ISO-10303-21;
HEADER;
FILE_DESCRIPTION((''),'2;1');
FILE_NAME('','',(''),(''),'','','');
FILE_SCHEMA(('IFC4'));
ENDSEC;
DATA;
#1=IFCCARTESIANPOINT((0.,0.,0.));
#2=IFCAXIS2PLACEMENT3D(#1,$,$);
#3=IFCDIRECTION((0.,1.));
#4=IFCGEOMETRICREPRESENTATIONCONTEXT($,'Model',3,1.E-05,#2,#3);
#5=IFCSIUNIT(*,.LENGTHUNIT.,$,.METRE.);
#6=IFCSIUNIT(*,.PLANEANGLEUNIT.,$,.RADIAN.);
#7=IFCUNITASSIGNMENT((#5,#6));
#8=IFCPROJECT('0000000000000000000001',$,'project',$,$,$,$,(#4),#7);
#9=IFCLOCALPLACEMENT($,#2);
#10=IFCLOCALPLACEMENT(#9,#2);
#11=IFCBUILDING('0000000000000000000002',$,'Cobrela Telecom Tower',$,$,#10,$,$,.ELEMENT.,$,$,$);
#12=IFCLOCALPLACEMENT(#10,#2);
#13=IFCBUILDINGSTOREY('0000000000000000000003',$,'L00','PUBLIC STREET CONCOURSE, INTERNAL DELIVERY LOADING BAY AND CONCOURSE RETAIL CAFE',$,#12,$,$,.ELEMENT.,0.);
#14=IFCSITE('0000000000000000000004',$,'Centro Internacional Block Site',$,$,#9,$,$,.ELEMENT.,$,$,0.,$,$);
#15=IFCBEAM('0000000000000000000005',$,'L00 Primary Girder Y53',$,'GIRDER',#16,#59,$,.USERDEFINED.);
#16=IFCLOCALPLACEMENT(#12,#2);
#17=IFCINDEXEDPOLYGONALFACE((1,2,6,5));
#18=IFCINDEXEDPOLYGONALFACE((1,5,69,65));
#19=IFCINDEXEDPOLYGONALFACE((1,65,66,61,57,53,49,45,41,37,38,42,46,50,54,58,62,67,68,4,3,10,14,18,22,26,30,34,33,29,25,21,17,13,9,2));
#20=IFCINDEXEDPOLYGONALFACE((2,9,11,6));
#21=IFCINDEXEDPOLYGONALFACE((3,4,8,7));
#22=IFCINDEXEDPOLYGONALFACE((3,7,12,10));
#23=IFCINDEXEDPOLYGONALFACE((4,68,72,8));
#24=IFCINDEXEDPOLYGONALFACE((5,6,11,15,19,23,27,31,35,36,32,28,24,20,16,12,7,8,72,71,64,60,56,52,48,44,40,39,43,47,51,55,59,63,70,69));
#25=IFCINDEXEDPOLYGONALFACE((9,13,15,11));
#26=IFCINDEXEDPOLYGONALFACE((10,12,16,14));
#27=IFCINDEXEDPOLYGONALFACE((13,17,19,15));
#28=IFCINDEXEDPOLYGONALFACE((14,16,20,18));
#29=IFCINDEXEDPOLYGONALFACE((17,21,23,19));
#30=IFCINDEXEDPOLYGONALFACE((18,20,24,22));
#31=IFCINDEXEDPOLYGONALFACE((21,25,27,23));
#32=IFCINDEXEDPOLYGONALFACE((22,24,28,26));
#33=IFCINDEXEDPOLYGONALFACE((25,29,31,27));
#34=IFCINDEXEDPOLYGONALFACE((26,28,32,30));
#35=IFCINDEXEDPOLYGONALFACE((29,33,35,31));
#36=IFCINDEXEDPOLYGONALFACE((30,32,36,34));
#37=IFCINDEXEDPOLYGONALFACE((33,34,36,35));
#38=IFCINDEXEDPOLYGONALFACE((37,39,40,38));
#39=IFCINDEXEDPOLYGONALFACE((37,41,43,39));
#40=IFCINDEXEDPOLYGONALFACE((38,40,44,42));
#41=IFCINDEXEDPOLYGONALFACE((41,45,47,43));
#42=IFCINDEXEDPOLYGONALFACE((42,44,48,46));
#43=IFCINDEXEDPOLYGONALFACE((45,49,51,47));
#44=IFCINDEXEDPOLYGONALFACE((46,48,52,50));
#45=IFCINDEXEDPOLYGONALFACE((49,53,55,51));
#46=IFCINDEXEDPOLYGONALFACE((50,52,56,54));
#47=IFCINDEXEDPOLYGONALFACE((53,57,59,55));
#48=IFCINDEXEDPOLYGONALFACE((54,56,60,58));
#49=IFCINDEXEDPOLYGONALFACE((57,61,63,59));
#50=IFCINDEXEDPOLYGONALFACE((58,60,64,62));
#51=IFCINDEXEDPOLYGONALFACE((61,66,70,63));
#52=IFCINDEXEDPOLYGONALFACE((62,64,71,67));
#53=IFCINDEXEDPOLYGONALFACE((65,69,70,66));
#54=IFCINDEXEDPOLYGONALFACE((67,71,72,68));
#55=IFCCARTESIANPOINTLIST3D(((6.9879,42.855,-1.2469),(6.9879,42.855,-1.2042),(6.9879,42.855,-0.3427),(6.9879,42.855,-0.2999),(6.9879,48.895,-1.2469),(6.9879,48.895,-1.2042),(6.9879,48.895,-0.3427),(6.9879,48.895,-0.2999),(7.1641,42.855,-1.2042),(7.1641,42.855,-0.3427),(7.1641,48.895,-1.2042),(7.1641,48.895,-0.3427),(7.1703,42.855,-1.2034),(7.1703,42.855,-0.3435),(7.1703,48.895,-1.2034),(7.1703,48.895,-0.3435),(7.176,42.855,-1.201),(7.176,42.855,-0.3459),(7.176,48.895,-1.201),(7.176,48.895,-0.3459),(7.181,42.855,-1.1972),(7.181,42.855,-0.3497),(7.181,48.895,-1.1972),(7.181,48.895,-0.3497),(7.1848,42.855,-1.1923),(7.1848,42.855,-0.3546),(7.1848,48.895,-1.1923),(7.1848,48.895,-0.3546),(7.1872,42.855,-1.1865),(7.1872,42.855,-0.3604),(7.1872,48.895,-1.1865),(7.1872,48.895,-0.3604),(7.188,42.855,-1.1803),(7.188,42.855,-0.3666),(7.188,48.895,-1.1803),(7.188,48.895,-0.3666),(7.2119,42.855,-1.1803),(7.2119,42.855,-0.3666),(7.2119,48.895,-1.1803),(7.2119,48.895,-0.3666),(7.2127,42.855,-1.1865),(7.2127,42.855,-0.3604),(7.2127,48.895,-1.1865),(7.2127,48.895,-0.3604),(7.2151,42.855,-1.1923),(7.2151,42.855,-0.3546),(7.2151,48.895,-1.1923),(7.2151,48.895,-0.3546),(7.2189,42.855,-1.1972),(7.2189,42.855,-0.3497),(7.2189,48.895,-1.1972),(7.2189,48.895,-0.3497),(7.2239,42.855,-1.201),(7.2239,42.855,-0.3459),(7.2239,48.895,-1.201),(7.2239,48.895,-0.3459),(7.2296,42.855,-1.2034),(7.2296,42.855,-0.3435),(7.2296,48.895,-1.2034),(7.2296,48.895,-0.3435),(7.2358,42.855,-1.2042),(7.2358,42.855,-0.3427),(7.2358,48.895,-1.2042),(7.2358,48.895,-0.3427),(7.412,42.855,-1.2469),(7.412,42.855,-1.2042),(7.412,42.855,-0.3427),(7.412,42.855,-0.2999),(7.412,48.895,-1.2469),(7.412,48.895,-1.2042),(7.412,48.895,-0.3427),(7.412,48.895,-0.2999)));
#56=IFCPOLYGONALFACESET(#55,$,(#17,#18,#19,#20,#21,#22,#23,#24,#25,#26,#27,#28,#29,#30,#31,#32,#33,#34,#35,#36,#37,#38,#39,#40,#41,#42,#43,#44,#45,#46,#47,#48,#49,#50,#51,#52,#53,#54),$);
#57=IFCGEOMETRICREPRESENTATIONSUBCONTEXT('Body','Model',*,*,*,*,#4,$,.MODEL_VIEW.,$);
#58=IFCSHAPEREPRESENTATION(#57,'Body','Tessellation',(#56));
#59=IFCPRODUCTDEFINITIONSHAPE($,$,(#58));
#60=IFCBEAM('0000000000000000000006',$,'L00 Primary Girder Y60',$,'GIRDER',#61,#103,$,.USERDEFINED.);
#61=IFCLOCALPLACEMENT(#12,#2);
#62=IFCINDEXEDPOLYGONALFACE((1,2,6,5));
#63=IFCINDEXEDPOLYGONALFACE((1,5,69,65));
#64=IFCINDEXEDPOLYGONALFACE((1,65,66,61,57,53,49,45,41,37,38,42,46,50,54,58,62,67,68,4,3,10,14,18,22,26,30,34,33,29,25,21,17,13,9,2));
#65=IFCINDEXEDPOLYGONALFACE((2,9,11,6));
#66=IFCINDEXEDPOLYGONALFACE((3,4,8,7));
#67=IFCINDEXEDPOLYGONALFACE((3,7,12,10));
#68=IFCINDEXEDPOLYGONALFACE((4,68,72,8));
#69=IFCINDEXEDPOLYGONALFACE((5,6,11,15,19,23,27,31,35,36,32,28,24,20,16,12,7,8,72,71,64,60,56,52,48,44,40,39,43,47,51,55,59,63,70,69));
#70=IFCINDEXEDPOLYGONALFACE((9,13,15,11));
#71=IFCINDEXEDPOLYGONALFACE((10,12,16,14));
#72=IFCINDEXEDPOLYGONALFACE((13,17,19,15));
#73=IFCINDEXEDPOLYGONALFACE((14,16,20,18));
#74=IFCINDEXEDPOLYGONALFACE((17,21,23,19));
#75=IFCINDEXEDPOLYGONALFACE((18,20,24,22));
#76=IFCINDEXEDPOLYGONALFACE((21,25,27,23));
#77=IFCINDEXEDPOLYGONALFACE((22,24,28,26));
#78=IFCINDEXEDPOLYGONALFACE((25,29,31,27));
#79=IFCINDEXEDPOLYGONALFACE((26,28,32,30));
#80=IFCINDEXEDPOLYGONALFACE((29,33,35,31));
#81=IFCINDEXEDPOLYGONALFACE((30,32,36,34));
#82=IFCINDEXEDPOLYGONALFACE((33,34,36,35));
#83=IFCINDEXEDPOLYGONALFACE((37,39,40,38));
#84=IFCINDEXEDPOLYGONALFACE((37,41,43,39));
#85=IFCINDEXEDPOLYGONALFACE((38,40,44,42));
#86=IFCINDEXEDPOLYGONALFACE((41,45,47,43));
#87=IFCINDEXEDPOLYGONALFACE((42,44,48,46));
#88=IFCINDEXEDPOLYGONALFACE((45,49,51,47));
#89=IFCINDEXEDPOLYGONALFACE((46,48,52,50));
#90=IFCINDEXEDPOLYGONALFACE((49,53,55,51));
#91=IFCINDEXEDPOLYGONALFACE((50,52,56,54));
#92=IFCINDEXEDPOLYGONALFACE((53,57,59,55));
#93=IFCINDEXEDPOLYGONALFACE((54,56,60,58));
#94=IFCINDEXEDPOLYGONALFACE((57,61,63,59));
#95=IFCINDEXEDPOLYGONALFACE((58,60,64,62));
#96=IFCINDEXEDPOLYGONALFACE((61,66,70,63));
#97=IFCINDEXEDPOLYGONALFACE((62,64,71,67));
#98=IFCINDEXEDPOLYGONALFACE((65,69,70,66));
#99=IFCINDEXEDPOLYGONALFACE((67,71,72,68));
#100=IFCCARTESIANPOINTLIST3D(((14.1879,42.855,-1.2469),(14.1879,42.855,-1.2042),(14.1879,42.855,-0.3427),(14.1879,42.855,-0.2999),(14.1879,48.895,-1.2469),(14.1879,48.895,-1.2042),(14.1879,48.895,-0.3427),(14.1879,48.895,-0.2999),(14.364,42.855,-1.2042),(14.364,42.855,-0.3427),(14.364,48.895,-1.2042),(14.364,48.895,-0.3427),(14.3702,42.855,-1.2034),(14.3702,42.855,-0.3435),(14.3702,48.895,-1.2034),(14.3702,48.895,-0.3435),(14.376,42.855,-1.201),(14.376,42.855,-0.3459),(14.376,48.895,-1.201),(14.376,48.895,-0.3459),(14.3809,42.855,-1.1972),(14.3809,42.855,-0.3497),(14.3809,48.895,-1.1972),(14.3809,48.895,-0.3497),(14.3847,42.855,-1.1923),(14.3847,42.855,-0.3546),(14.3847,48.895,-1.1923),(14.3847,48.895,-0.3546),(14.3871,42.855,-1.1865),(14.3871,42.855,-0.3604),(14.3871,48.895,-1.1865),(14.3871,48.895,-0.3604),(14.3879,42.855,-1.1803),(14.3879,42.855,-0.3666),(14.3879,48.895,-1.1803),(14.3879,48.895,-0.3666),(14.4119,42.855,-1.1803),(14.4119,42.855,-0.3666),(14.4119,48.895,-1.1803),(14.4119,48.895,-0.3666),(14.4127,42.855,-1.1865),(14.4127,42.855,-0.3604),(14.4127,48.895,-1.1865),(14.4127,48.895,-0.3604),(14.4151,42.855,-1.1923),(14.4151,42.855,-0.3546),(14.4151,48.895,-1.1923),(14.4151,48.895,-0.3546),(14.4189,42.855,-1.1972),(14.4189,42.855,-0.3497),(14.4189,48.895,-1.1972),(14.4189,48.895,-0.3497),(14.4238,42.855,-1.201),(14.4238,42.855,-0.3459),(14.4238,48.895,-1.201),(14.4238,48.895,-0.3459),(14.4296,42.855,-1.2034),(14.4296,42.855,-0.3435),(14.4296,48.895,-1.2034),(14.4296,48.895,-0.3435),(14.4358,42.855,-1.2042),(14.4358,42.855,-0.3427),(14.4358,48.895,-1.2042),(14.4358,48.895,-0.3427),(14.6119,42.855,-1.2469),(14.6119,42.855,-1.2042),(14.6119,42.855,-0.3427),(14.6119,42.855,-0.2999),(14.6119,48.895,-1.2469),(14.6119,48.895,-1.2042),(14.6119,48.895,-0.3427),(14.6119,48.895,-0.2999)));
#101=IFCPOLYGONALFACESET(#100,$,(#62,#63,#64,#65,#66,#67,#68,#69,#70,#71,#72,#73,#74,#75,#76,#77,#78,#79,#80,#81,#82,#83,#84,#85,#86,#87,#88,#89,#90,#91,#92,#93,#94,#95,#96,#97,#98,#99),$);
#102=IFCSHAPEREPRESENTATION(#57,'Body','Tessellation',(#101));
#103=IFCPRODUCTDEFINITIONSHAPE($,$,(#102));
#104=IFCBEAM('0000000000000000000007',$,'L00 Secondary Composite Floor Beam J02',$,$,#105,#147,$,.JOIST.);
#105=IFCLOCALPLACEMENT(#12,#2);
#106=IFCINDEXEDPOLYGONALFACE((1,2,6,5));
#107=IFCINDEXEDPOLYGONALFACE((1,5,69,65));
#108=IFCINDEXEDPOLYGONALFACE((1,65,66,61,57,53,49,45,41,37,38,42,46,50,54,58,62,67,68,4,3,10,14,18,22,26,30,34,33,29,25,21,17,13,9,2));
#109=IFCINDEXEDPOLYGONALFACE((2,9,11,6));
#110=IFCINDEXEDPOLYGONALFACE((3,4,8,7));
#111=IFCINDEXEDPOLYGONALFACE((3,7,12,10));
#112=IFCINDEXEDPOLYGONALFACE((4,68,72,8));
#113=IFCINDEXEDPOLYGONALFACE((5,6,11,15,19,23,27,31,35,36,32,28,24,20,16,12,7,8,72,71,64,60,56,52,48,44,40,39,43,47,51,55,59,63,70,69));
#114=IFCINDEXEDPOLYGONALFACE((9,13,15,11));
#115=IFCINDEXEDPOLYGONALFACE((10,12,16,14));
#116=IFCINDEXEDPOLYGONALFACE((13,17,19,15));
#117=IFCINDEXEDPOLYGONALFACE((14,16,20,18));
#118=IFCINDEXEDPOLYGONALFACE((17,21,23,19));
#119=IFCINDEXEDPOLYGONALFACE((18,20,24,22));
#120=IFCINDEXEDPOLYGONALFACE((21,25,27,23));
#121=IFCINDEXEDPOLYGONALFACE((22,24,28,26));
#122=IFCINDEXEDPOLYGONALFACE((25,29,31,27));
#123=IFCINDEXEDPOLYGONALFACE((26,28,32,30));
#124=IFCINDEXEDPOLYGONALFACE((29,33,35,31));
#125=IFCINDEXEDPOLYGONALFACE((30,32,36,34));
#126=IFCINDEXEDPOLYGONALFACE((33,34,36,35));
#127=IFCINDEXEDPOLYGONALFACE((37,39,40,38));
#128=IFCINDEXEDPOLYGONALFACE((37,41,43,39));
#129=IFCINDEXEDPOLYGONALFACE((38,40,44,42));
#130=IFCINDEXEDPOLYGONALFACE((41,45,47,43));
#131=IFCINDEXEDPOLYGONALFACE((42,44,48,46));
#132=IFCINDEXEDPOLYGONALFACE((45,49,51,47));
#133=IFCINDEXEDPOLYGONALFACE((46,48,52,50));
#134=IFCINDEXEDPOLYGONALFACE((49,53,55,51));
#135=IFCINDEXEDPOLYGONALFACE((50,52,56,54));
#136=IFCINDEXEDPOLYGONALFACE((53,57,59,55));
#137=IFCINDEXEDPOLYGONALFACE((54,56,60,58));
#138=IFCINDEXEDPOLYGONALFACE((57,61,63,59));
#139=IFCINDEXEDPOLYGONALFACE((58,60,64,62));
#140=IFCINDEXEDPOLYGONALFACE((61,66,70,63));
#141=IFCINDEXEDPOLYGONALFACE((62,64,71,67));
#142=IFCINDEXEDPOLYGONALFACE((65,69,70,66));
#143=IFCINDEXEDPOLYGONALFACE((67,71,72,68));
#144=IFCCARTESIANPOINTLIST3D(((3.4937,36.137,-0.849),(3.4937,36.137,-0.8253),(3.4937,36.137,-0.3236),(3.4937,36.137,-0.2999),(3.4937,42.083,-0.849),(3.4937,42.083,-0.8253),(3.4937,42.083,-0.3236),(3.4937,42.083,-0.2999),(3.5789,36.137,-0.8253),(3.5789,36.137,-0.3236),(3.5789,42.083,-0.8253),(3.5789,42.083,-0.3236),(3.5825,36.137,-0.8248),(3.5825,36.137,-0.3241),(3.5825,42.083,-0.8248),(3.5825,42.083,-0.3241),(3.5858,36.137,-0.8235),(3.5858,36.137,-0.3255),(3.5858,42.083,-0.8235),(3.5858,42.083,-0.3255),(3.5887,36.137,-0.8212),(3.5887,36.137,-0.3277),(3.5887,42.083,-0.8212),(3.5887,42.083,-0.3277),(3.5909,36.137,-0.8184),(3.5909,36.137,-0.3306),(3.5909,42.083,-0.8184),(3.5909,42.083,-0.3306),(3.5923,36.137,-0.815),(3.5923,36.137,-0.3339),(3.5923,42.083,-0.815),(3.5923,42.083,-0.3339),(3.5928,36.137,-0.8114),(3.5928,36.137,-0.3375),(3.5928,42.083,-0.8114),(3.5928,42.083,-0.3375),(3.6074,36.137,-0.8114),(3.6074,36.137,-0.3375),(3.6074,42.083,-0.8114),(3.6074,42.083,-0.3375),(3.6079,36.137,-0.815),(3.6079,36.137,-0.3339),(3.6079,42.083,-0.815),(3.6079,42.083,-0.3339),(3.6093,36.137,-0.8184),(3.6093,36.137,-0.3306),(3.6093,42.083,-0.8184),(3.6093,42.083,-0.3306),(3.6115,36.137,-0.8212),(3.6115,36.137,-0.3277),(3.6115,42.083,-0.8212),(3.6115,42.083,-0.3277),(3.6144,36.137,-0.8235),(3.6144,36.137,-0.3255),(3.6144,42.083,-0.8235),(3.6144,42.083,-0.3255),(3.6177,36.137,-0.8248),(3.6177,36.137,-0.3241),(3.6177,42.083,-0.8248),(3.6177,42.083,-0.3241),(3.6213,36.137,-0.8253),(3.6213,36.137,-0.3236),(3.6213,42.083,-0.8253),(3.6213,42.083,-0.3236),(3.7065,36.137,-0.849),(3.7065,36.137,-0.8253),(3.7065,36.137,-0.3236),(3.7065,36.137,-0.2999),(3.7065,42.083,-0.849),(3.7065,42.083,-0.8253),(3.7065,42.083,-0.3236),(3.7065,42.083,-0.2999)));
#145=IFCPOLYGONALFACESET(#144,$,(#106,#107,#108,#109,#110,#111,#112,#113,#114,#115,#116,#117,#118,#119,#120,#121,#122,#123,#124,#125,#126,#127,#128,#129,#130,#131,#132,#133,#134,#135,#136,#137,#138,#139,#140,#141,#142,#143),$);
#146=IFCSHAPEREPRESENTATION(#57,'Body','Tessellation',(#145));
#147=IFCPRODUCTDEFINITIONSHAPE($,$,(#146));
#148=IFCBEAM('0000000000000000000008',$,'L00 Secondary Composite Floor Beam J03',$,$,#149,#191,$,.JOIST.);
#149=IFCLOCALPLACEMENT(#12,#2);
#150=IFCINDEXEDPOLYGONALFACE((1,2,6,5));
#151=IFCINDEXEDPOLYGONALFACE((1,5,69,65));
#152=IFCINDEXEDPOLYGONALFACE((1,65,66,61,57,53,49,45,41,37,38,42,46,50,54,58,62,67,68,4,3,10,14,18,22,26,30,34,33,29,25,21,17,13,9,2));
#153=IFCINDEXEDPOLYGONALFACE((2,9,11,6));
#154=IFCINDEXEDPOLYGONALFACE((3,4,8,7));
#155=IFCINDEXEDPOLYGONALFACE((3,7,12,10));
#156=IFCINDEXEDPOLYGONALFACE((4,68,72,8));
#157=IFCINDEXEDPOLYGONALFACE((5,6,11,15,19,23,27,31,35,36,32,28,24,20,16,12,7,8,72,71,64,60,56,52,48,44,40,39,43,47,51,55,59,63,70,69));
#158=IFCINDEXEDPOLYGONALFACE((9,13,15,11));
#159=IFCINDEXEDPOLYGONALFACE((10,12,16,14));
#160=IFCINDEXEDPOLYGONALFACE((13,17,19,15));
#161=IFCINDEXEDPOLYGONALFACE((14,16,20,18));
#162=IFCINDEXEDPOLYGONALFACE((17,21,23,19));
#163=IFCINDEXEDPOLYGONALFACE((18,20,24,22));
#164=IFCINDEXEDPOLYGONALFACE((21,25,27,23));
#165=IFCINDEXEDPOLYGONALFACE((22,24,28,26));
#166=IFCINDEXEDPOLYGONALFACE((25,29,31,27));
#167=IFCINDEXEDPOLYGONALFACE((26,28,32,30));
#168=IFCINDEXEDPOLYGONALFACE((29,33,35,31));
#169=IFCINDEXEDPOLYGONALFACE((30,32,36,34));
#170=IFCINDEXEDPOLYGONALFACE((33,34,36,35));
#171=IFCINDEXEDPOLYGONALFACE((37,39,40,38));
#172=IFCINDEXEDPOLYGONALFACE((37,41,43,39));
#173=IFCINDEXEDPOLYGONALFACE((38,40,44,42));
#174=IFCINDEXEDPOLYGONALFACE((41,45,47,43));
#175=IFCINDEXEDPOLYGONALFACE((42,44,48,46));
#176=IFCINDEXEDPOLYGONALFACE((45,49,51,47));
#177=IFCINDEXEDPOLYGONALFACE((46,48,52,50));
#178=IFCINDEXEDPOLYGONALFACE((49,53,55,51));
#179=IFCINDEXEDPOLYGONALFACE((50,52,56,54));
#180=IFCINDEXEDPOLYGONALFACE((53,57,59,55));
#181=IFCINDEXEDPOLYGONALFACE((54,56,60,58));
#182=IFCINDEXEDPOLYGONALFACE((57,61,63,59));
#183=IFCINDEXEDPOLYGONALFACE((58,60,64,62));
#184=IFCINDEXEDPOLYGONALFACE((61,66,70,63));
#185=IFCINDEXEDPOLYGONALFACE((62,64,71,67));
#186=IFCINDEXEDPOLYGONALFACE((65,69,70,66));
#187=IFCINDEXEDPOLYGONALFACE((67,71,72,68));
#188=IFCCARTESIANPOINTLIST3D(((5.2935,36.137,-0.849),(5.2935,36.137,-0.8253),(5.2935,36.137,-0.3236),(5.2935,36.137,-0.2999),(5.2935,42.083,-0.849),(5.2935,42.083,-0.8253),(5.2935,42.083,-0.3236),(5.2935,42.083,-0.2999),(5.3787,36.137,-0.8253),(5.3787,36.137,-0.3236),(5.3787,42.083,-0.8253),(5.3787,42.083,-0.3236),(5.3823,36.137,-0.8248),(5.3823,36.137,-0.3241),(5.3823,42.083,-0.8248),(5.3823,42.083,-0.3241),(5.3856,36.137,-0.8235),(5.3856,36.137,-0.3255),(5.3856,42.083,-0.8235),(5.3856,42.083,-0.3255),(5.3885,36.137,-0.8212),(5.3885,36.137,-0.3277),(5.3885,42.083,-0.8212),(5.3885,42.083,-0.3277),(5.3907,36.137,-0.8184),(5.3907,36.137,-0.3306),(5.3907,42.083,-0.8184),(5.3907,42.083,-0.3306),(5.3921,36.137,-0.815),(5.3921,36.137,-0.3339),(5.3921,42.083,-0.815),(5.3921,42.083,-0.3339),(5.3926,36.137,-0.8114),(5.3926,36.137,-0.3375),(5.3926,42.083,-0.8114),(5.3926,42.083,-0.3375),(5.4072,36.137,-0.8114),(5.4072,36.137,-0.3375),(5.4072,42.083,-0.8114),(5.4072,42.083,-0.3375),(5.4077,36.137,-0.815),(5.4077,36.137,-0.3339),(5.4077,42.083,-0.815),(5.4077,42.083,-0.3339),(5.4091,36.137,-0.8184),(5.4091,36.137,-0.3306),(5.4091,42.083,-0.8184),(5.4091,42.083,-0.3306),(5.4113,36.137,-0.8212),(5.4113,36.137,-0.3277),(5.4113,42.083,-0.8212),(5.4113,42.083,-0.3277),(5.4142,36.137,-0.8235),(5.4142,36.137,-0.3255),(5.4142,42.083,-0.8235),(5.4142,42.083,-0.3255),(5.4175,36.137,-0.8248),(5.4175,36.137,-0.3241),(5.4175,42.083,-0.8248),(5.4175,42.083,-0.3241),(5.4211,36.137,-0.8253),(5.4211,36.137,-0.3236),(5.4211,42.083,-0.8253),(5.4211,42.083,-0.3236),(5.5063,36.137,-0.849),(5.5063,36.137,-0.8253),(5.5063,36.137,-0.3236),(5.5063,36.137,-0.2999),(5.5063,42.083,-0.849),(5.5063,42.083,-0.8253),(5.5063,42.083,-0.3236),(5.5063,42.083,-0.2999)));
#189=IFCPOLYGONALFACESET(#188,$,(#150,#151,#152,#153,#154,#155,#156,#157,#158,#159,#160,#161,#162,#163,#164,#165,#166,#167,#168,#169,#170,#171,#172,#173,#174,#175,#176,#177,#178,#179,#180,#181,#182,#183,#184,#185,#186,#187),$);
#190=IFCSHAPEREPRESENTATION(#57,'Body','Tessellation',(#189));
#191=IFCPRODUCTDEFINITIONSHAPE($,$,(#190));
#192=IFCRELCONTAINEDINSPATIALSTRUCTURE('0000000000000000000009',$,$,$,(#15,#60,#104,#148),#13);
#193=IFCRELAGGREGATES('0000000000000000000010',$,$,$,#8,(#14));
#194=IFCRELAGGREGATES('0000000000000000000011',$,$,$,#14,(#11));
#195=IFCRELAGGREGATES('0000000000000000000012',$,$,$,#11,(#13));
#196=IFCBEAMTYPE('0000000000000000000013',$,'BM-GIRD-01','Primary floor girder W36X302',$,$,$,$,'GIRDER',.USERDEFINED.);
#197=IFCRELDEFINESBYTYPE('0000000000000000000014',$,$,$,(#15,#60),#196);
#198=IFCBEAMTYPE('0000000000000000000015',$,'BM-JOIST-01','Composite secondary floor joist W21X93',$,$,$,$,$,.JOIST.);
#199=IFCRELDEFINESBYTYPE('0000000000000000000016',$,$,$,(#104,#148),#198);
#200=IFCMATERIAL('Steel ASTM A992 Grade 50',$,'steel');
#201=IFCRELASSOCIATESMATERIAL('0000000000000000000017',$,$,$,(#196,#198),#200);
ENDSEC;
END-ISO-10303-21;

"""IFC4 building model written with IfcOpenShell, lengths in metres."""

from ifc_helpers import new_model, si_unit, direction, frame, origin, origin_2d, place, context, subcontext, project, spatial, i_section, extrude, material, material_profile, profile_set, type_object, element, save


model = new_model("IFC4")

# Units and contexts
model_context = context("Model", 3, precision=1e-05, world=origin(), true_north=direction((0.0, 1.0)))
body_context = subcontext(model_context, "Body", "Model", "MODEL_VIEW")
ifc_project = project(units=[si_unit("LENGTHUNIT", "METRE"), si_unit("PLANEANGLEUNIT", "RADIAN")], contexts=[model_context])

# Site, building, storey
site_placement = place(None, origin())
site = spatial("IfcSite", under=ifc_project, at=site_placement, Name="Centro Internacional Block Site", CompositionType="ELEMENT", RefElevation=0.0)
building_placement = place(site_placement, origin())
building = spatial("IfcBuilding", under=site, at=building_placement, Name="Cobrela Telecom Tower", CompositionType="ELEMENT")
storey_placement = place(building_placement, origin())
storey = spatial("IfcBuildingStorey", under=building, at=storey_placement, Name="L00", Description="PUBLIC STREET CONCOURSE, INTERNAL DELIVERY LOADING BAY AND CONCOURSE RETAIL CAFE", CompositionType="ELEMENT", Elevation=0.0)

# Beams
ifc_material_1 = material(Name="Steel ASTM A992 Grade 50", Category="steel")
ifc_material_profile_1 = material_profile(ifc_material_1, i_section(OverallWidth=0.4241, OverallDepth=0.947, WebThickness=0.0239, FlangeThickness=0.0427, FilletRadius=0.0239, at=origin_2d()), Name="W36X302")
ifc_profile_set_1 = profile_set([ifc_material_profile_1], Name="Steel ASTM A992 Grade 50")
beam_type_1 = type_object("IfcBeamType", Name="BM-GIRD-01", Description="Primary floor girder W36X302", ElementType="GIRDER", PredefinedType="USERDEFINED", material=ifc_profile_set_1)
for number, where, z_axis, x_axis, name in (
    (1, (7.2, 42.855, -0.7734), (0.0, 1.0, 0.0), (-1.0, 0.0, 0.0), "L00 Primary Girder Y53"),
    (2, (14.3999, 42.855, -0.7734), (0.0, 1.0, 0.0), (-1.0, 0.0, 0.0), "L00 Primary Girder Y60"),
):
    element("IfcBeam", number, at=place(storey_placement, frame(where, z_axis=z_axis, x_axis=x_axis)), inside=storey, type_object=beam_type_1, Name=name, ObjectType="GIRDER", PredefinedType="USERDEFINED", context=body_context, shape_type="SweptSolid", body=[
        extrude(i_section(OverallWidth=0.4241, OverallDepth=0.947, WebThickness=0.0239, FlangeThickness=0.0427, FilletRadius=0.0239, at=origin_2d()), origin(), (0.0, 0.0, 1.0), 6.04),
    ])
ifc_material_profile_2 = material_profile(ifc_material_1, i_section(OverallWidth=0.2129, OverallDepth=0.5491, WebThickness=0.0146, FlangeThickness=0.0237, FilletRadius=0.0139, at=origin_2d()), Name="W21X93")
ifc_profile_set_2 = profile_set([ifc_material_profile_2], Name="Steel ASTM A992 Grade 50")
beam_type_2 = type_object("IfcBeamType", Name="BM-JOIST-01", Description="Composite secondary floor joist W21X93", PredefinedType="JOIST", material=ifc_profile_set_2)
for number, where, z_axis, x_axis, name in (
    (3, (3.6001, 36.137, -0.5745), (0.0, 1.0, 0.0), (-1.0, 0.0, 0.0), "L00 Secondary Composite Floor Beam J02"),
    (4, (5.3999, 36.137, -0.5745), (0.0, 1.0, 0.0), (-1.0, 0.0, 0.0), "L00 Secondary Composite Floor Beam J03"),
):
    element("IfcBeam", number, at=place(storey_placement, frame(where, z_axis=z_axis, x_axis=x_axis)), inside=storey, type_object=beam_type_2, Name=name, PredefinedType="JOIST", context=body_context, shape_type="SweptSolid", body=[
        extrude(i_section(OverallWidth=0.2129, OverallDepth=0.5491, WebThickness=0.0146, FlangeThickness=0.0237, FilletRadius=0.0139, at=origin_2d()), origin(), (0.0, 0.0, 1.0), 5.946),
    ])

save(model, "model.ifc")
